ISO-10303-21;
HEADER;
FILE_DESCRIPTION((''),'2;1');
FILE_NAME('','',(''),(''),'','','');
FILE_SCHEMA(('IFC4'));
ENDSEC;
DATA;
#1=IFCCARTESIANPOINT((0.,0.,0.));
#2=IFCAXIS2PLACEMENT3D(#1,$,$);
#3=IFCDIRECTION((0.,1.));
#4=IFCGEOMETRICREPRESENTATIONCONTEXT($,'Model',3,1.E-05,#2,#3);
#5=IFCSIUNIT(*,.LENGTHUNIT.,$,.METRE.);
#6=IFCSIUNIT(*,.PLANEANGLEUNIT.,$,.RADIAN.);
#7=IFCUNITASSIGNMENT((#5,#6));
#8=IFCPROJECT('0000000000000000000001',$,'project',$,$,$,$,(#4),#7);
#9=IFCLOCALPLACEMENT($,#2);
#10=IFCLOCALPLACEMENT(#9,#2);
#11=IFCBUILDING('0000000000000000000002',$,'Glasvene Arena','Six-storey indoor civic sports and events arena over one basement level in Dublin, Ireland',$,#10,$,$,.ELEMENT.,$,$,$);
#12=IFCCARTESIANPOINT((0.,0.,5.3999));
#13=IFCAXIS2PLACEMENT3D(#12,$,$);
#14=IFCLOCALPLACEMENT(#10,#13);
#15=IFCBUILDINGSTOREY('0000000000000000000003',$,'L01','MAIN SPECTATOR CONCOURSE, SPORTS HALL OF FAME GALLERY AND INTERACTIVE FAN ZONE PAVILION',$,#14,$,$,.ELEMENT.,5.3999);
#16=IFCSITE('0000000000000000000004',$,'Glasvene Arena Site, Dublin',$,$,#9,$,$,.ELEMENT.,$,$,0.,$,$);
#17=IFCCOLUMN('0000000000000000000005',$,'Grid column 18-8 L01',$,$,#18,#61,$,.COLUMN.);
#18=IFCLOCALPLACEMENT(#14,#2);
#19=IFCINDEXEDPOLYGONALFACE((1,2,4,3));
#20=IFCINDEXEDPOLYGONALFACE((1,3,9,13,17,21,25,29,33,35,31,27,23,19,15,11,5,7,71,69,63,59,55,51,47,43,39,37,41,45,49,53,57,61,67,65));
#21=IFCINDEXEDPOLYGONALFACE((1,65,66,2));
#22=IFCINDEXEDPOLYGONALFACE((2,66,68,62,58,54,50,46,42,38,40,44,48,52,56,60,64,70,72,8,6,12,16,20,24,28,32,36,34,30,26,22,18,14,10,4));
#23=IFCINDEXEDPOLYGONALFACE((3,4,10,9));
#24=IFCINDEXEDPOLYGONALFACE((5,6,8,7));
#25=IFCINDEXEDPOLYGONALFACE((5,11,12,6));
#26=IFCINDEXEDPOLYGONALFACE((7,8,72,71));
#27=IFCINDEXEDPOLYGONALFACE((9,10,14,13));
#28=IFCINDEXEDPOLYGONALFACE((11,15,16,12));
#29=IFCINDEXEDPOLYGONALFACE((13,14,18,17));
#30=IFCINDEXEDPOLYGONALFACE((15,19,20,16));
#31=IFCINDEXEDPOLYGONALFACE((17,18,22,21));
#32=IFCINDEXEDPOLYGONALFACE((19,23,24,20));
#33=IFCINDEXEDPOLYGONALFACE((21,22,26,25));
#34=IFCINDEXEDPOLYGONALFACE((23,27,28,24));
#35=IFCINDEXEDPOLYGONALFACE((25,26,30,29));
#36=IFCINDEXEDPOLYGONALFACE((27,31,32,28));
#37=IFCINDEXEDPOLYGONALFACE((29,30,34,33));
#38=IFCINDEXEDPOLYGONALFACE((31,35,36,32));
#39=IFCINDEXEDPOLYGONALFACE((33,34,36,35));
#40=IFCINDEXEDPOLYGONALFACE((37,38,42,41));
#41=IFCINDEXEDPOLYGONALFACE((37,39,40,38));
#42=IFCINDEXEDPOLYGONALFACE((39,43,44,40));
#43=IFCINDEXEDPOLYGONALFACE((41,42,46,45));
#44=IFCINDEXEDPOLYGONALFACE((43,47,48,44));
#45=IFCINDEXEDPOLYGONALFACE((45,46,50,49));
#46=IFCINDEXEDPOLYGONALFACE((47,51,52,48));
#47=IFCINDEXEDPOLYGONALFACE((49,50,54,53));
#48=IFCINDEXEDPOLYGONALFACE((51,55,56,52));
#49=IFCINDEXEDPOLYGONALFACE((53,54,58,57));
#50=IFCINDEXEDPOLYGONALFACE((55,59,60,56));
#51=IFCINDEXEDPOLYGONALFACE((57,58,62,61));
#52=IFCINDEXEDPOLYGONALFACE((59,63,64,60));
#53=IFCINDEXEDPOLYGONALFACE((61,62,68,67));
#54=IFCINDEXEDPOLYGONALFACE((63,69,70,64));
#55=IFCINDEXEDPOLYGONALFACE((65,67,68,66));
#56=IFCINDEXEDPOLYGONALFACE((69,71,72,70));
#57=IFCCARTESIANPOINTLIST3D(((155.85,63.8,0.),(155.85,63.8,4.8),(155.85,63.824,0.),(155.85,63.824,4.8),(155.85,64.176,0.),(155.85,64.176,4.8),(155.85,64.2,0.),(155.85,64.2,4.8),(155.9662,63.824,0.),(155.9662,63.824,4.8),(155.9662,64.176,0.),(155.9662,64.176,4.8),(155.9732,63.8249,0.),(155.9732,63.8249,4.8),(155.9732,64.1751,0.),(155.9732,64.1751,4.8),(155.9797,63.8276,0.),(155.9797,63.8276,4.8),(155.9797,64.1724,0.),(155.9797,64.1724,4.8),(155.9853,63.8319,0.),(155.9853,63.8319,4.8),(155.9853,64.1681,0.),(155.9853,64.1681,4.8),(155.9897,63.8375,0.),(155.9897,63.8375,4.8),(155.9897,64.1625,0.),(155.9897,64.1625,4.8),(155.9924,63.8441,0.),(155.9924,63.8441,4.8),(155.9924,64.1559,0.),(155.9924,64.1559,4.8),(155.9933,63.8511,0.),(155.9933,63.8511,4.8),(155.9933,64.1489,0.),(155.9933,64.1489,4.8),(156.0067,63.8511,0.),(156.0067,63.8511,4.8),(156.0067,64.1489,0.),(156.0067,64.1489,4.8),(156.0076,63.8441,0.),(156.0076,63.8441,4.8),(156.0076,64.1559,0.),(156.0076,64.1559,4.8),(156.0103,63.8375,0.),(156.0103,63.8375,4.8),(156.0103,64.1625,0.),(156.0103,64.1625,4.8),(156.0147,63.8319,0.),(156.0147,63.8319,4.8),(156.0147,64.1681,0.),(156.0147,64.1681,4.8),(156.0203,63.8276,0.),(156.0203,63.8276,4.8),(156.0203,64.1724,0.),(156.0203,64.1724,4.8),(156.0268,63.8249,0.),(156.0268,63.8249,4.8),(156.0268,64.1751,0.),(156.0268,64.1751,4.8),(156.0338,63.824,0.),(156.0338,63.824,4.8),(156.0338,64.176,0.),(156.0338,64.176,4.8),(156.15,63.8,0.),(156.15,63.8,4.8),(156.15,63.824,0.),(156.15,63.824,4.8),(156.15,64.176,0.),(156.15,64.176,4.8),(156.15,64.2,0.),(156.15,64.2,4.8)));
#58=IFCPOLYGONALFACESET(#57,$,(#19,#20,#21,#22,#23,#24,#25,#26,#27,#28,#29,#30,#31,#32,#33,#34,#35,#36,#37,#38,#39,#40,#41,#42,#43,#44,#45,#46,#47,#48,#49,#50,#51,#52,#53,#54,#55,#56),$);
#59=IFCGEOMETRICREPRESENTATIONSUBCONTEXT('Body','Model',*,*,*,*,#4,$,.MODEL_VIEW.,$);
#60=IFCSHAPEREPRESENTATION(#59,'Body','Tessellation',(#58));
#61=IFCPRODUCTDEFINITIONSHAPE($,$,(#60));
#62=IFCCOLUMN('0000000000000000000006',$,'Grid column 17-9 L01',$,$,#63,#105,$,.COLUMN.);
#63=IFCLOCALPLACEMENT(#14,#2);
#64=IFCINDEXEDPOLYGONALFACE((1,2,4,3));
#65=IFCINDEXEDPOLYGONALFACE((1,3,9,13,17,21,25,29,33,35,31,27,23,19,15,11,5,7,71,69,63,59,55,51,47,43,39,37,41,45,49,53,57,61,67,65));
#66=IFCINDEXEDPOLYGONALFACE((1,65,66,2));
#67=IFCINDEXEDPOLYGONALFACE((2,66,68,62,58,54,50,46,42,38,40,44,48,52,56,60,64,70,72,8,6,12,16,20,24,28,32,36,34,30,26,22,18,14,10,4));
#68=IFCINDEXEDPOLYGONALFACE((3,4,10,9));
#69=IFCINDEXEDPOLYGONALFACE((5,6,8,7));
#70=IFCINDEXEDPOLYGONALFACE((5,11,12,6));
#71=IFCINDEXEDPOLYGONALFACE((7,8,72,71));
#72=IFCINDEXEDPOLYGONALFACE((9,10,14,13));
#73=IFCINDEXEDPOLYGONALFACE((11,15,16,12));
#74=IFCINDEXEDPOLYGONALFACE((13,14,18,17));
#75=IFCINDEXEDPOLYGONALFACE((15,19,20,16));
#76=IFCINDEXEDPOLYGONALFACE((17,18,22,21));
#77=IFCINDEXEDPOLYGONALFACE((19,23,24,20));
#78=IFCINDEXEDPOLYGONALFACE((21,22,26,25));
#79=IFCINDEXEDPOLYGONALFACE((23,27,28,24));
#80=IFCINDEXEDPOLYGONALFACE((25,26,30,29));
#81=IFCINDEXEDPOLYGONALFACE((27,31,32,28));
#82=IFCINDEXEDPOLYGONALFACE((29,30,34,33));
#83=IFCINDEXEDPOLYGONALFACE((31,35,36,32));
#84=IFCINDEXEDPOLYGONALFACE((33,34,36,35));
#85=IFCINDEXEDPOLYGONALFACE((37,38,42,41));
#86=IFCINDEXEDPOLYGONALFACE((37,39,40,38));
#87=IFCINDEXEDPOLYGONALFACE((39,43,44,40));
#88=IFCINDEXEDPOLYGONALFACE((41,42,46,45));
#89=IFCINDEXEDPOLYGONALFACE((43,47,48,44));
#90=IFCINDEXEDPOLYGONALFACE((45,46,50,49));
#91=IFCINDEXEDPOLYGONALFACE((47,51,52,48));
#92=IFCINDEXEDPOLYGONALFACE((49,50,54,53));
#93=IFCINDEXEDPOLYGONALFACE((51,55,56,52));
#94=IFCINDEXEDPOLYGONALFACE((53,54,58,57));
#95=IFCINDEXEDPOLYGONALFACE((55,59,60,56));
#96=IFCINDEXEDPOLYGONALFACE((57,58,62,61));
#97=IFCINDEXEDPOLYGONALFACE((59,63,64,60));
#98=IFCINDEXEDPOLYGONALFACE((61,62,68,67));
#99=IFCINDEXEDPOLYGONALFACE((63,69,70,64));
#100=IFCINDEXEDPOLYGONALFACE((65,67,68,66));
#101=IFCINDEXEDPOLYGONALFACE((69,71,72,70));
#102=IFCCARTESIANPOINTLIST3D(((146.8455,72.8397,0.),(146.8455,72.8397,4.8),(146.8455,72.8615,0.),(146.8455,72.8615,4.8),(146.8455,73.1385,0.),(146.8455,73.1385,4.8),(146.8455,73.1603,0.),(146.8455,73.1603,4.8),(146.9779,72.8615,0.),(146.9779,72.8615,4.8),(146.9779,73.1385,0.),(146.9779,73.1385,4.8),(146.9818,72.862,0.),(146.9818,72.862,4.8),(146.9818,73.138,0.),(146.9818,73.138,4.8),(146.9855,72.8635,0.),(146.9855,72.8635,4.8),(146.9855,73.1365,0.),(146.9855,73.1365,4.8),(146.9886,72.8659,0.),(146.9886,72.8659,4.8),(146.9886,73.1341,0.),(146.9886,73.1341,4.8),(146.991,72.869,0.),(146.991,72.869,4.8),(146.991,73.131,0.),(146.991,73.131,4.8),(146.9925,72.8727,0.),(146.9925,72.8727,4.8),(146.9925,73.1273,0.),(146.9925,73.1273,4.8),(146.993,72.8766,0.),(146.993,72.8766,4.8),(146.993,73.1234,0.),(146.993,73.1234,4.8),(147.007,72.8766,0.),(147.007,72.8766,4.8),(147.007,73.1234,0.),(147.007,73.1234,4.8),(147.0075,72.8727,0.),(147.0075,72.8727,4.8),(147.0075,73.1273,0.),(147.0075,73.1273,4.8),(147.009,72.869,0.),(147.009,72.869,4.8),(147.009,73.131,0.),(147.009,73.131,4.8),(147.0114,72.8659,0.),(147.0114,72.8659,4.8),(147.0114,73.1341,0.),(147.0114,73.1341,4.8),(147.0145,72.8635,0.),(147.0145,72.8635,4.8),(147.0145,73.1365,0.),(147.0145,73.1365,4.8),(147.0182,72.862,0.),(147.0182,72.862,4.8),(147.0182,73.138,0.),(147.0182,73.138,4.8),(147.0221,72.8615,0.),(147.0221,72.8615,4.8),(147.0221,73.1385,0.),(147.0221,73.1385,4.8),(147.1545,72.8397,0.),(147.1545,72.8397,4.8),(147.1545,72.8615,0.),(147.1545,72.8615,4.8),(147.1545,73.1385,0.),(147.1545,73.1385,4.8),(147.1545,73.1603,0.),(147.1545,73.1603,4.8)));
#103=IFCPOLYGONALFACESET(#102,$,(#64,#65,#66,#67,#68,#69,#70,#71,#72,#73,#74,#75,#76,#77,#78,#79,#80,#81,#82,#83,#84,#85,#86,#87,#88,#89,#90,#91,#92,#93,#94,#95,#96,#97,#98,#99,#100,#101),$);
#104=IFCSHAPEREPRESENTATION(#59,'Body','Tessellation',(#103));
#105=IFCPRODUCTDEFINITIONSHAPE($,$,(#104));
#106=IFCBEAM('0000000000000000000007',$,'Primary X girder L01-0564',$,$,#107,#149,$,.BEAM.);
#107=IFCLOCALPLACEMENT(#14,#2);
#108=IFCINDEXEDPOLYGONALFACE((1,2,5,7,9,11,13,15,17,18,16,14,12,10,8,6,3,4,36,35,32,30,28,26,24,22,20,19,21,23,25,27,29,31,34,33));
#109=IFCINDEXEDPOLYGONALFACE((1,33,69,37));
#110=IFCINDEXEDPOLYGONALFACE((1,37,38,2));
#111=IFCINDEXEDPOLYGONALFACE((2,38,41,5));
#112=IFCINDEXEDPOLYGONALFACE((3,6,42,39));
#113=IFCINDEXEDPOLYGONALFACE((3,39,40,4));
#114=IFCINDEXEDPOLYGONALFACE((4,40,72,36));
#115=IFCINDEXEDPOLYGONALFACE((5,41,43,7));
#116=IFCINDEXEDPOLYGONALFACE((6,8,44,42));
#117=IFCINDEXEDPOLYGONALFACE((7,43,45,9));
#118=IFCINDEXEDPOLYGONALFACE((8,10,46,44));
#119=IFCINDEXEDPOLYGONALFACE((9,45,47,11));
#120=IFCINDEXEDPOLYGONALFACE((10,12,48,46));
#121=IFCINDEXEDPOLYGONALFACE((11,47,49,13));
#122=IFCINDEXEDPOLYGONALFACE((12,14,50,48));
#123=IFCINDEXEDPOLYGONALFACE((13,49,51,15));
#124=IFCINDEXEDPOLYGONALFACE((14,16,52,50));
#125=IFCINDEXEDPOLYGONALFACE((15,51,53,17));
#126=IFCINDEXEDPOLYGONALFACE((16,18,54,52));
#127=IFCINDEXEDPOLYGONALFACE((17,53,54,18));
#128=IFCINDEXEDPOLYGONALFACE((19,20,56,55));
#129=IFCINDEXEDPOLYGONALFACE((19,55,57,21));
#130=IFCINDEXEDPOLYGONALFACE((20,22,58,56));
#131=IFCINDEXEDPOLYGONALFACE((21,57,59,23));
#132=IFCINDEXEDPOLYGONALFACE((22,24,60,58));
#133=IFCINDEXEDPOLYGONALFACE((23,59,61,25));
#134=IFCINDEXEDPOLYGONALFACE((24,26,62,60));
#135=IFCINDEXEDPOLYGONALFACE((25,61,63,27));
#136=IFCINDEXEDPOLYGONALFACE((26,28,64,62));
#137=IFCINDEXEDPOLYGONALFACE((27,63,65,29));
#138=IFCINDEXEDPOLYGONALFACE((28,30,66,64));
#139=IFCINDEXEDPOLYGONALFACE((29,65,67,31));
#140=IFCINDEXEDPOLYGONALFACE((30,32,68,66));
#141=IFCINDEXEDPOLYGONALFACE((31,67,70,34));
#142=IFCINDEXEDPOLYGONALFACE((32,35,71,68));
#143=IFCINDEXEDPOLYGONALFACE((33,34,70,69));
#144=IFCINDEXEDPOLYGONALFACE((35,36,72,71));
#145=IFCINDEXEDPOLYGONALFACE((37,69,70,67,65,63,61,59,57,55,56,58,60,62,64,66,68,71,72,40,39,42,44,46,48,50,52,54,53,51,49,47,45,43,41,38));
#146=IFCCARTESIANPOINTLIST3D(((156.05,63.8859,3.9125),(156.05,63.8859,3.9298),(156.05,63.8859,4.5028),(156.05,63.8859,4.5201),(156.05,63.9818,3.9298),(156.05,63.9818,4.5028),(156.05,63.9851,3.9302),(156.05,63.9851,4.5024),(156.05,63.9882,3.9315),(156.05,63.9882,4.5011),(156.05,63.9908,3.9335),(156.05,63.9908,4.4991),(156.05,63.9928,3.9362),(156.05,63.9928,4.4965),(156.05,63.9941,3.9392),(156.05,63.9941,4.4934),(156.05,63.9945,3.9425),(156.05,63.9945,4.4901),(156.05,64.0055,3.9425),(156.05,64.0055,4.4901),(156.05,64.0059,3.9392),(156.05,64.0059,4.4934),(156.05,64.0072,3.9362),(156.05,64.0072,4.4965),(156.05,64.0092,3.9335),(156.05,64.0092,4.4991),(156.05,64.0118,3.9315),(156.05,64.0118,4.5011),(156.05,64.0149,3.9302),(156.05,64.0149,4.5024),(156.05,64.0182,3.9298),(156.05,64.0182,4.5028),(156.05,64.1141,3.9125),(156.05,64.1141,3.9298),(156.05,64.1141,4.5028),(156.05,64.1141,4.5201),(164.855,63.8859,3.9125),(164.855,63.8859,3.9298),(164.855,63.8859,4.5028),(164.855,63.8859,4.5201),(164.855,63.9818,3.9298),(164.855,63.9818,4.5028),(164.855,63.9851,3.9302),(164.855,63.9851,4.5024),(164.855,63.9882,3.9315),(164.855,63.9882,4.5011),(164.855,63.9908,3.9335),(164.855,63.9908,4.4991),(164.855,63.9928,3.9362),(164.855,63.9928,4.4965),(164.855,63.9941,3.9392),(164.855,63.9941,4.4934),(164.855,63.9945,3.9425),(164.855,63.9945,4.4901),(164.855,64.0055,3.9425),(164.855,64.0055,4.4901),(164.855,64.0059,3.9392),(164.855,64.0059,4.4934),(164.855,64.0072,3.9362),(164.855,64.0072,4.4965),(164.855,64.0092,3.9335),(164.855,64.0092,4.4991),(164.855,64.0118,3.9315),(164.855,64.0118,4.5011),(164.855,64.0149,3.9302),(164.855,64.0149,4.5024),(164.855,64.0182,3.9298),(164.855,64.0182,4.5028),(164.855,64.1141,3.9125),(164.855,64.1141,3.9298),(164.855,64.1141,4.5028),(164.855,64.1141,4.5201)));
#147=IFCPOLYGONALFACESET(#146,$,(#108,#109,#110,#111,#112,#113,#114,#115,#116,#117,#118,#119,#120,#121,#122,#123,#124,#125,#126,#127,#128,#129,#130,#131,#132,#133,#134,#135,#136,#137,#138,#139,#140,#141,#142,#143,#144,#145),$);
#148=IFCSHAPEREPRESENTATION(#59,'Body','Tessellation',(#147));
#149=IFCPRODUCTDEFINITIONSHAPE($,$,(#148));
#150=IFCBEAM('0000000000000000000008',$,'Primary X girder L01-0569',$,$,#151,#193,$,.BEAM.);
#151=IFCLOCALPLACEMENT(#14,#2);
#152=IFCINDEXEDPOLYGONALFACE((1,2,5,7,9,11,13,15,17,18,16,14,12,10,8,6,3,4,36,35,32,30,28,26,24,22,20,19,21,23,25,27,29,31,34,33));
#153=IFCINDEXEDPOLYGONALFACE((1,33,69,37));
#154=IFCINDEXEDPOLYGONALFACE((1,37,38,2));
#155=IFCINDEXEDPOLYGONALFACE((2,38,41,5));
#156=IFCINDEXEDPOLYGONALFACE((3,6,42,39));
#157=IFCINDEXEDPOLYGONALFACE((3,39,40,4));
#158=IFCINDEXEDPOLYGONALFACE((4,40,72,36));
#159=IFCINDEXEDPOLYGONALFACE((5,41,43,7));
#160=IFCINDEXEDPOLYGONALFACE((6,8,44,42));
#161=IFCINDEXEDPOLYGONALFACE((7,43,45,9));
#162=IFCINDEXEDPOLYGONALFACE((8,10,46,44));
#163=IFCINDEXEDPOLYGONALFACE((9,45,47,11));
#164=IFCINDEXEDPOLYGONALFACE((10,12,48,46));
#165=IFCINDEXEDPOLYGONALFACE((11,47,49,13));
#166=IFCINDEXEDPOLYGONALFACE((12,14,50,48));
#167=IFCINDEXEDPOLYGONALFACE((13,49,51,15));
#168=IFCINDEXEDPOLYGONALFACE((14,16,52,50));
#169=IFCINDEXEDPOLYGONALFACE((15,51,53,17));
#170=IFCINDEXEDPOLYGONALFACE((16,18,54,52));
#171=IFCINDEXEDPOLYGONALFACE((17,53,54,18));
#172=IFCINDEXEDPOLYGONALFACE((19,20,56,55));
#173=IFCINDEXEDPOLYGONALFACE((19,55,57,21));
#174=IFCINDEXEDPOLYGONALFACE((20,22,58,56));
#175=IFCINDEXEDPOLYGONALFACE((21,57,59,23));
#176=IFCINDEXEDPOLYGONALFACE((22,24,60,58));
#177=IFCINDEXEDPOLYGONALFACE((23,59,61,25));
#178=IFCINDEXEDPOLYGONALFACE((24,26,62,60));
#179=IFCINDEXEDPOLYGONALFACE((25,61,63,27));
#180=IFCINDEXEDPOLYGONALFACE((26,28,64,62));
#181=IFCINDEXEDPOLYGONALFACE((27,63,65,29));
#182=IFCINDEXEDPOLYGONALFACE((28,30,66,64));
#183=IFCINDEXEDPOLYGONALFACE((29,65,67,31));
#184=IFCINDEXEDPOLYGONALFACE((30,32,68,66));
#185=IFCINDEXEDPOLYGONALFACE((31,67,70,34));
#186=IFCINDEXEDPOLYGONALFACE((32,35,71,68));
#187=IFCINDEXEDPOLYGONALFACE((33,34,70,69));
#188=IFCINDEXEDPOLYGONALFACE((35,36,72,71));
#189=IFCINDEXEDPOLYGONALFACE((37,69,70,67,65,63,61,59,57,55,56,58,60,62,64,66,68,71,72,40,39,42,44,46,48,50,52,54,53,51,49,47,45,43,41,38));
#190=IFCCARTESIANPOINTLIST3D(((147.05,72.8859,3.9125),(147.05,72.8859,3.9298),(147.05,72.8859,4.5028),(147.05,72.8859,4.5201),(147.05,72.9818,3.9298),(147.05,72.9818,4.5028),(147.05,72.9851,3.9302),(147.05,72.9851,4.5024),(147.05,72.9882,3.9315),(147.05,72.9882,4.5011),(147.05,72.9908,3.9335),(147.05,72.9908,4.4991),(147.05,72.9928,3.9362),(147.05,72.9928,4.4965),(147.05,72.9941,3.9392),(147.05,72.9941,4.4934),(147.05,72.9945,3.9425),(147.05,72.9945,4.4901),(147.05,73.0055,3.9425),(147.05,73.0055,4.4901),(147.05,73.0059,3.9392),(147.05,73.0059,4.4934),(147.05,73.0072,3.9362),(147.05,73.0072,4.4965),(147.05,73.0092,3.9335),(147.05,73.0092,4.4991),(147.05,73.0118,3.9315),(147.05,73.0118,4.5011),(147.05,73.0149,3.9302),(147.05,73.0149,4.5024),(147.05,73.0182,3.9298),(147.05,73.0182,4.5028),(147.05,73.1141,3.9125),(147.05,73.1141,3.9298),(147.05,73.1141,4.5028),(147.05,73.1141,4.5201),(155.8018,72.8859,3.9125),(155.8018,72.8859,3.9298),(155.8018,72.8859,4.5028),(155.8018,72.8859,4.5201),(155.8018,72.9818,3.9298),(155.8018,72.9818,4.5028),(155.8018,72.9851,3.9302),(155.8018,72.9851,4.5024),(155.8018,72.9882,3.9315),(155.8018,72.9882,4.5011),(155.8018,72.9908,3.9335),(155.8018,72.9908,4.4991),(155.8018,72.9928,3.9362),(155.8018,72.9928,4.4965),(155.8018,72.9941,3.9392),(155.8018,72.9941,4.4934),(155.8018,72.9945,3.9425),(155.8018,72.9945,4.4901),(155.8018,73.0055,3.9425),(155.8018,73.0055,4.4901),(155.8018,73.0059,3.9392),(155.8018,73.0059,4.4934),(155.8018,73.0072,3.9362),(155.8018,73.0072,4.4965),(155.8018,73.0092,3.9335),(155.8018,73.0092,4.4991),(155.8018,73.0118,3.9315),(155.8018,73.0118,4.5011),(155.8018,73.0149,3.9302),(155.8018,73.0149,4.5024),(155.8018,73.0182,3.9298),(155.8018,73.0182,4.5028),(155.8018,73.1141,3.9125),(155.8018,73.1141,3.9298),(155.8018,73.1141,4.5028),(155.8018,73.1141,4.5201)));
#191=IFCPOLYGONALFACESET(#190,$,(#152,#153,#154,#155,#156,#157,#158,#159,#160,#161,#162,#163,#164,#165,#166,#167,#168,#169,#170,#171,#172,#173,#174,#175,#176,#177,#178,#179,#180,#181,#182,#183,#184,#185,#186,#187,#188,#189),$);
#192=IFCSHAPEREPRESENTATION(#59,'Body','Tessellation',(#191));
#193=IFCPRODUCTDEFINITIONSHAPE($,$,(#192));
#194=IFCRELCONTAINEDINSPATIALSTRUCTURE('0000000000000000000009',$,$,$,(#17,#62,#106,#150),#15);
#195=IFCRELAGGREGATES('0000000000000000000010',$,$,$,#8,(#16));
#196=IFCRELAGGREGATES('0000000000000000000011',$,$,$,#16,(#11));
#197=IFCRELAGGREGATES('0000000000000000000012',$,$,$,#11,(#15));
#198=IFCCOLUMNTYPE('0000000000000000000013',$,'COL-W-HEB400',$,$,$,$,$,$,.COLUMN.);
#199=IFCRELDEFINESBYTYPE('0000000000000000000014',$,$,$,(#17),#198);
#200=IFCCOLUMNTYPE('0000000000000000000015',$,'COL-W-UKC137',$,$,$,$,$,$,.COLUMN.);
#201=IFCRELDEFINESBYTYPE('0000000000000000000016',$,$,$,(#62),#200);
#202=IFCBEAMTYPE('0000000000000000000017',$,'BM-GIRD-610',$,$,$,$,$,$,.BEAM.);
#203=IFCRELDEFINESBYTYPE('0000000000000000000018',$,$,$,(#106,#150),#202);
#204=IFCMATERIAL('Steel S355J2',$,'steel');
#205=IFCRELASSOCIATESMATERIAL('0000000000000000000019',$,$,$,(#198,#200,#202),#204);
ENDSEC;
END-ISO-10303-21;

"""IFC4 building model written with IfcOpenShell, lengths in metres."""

from ifc_helpers import new_model, si_unit, direction, frame, origin, origin_2d, place, context, subcontext, project, spatial, i_section, extrude, material, material_profile, profile_set, type_object, element, save


model = new_model("IFC4")

# Units and contexts
model_context = context("Model", 3, precision=1e-05, world=origin(), true_north=direction((0.0, 1.0)))
body_context = subcontext(model_context, "Body", "Model", "MODEL_VIEW")
ifc_project = project(units=[si_unit("LENGTHUNIT", "METRE"), si_unit("PLANEANGLEUNIT", "RADIAN")], contexts=[model_context])

# Site, building, storey
site_placement = place(None, origin())
site = spatial("IfcSite", under=ifc_project, at=site_placement, Name="Glasvene Arena Site, Dublin", CompositionType="ELEMENT", RefElevation=0.0)
building_placement = place(site_placement, origin())
building = spatial("IfcBuilding", under=site, at=building_placement, Name="Glasvene Arena", Description="Six-storey indoor civic sports and events arena over one basement level in Dublin, Ireland", CompositionType="ELEMENT")
storey_placement = place(building_placement, frame((0.0, 0.0, 5.3999)))
storey = spatial("IfcBuildingStorey", under=building, at=storey_placement, Name="L01", Description="MAIN SPECTATOR CONCOURSE, SPORTS HALL OF FAME GALLERY AND INTERACTIVE FAN ZONE PAVILION", CompositionType="ELEMENT", Elevation=5.3999)

# Columns
ifc_material_1 = material(Name="Steel S355J2", Category="steel")
ifc_material_profile_1 = material_profile(ifc_material_1, i_section(OverallWidth=0.3, OverallDepth=0.3999, WebThickness=0.0134, FlangeThickness=0.0239, FilletRadius=0.0271, at=origin_2d()), Name="HEB 400")
ifc_profile_set_1 = profile_set([ifc_material_profile_1], Name="Steel S355J2")
column_type_1 = type_object("IfcColumnType", Name="COL-W-HEB400", PredefinedType="COLUMN", material=ifc_profile_set_1)
column_1_placement = place(storey_placement, frame((156.0, 64.0, 0.0), z_axis=(0.0, 0.0, 1.0), x_axis=(1.0, 0.0, 0.0)))
element("IfcColumn", 1, at=column_1_placement, inside=storey, type_object=column_type_1, Name="Grid column 18-8 L01", PredefinedType="COLUMN", context=body_context, shape_type="SweptSolid", body=[
    extrude(i_section(OverallWidth=0.3, OverallDepth=0.3999, WebThickness=0.0134, FlangeThickness=0.0239, FilletRadius=0.0271, at=origin_2d()), origin(), (0.0, 0.0, 1.0), 4.8),
])
ifc_material_profile_2 = material_profile(ifc_material_1, i_section(OverallWidth=0.3091, OverallDepth=0.3206, WebThickness=0.0139, FlangeThickness=0.0217, FilletRadius=0.0151, at=origin_2d()), Name="UKC 305x305x137")
ifc_profile_set_2 = profile_set([ifc_material_profile_2], Name="Steel S355J2")
column_type_2 = type_object("IfcColumnType", Name="COL-W-UKC137", PredefinedType="COLUMN", material=ifc_profile_set_2)
column_2_placement = place(storey_placement, frame((147.0, 73.0, 0.0), z_axis=(0.0, 0.0, 1.0), x_axis=(1.0, 0.0, 0.0)))
element("IfcColumn", 2, at=column_2_placement, inside=storey, type_object=column_type_2, Name="Grid column 17-9 L01", PredefinedType="COLUMN", context=body_context, shape_type="SweptSolid", body=[
    extrude(i_section(OverallWidth=0.3091, OverallDepth=0.3206, WebThickness=0.0139, FlangeThickness=0.0217, FilletRadius=0.0151, at=origin_2d()), origin(), (0.0, 0.0, 1.0), 4.8),
])

# Beams
ifc_material_profile_3 = material_profile(ifc_material_1, i_section(OverallWidth=0.2283, OverallDepth=0.6077, WebThickness=0.011, FlangeThickness=0.0173, FilletRadius=0.0127, at=origin_2d()), Name="UKB 610x229x113")
ifc_profile_set_3 = profile_set([ifc_material_profile_3], Name="Steel S355J2")
beam_type_1 = type_object("IfcBeamType", Name="BM-GIRD-610", PredefinedType="BEAM", material=ifc_profile_set_3)
beam_1_placement = place(storey_placement, frame((156.05, 64.0, 4.2163), z_axis=(1.0, 0.0, 0.0), x_axis=(0.0, 1.0, 0.0)))
element("IfcBeam", 3, at=beam_1_placement, inside=storey, type_object=beam_type_1, Name="Primary X girder L01-0564", PredefinedType="BEAM", context=body_context, shape_type="SweptSolid", body=[
    extrude(i_section(OverallWidth=0.2283, OverallDepth=0.6077, WebThickness=0.011, FlangeThickness=0.0173, FilletRadius=0.0127, at=origin_2d()), origin(), (0.0, 0.0, 1.0), 8.8049),
])
beam_2_placement = place(storey_placement, frame((147.05, 73.0, 4.2163), z_axis=(1.0, 0.0, 0.0), x_axis=(0.0, 1.0, 0.0)))
element("IfcBeam", 4, at=beam_2_placement, inside=storey, type_object=beam_type_1, Name="Primary X girder L01-0569", PredefinedType="BEAM", context=body_context, shape_type="SweptSolid", body=[
    extrude(i_section(OverallWidth=0.2283, OverallDepth=0.6077, WebThickness=0.011, FlangeThickness=0.0173, FilletRadius=0.0127, at=origin_2d()), origin(), (0.0, 0.0, 1.0), 8.7517),
])

save(model, "model.ifc")
